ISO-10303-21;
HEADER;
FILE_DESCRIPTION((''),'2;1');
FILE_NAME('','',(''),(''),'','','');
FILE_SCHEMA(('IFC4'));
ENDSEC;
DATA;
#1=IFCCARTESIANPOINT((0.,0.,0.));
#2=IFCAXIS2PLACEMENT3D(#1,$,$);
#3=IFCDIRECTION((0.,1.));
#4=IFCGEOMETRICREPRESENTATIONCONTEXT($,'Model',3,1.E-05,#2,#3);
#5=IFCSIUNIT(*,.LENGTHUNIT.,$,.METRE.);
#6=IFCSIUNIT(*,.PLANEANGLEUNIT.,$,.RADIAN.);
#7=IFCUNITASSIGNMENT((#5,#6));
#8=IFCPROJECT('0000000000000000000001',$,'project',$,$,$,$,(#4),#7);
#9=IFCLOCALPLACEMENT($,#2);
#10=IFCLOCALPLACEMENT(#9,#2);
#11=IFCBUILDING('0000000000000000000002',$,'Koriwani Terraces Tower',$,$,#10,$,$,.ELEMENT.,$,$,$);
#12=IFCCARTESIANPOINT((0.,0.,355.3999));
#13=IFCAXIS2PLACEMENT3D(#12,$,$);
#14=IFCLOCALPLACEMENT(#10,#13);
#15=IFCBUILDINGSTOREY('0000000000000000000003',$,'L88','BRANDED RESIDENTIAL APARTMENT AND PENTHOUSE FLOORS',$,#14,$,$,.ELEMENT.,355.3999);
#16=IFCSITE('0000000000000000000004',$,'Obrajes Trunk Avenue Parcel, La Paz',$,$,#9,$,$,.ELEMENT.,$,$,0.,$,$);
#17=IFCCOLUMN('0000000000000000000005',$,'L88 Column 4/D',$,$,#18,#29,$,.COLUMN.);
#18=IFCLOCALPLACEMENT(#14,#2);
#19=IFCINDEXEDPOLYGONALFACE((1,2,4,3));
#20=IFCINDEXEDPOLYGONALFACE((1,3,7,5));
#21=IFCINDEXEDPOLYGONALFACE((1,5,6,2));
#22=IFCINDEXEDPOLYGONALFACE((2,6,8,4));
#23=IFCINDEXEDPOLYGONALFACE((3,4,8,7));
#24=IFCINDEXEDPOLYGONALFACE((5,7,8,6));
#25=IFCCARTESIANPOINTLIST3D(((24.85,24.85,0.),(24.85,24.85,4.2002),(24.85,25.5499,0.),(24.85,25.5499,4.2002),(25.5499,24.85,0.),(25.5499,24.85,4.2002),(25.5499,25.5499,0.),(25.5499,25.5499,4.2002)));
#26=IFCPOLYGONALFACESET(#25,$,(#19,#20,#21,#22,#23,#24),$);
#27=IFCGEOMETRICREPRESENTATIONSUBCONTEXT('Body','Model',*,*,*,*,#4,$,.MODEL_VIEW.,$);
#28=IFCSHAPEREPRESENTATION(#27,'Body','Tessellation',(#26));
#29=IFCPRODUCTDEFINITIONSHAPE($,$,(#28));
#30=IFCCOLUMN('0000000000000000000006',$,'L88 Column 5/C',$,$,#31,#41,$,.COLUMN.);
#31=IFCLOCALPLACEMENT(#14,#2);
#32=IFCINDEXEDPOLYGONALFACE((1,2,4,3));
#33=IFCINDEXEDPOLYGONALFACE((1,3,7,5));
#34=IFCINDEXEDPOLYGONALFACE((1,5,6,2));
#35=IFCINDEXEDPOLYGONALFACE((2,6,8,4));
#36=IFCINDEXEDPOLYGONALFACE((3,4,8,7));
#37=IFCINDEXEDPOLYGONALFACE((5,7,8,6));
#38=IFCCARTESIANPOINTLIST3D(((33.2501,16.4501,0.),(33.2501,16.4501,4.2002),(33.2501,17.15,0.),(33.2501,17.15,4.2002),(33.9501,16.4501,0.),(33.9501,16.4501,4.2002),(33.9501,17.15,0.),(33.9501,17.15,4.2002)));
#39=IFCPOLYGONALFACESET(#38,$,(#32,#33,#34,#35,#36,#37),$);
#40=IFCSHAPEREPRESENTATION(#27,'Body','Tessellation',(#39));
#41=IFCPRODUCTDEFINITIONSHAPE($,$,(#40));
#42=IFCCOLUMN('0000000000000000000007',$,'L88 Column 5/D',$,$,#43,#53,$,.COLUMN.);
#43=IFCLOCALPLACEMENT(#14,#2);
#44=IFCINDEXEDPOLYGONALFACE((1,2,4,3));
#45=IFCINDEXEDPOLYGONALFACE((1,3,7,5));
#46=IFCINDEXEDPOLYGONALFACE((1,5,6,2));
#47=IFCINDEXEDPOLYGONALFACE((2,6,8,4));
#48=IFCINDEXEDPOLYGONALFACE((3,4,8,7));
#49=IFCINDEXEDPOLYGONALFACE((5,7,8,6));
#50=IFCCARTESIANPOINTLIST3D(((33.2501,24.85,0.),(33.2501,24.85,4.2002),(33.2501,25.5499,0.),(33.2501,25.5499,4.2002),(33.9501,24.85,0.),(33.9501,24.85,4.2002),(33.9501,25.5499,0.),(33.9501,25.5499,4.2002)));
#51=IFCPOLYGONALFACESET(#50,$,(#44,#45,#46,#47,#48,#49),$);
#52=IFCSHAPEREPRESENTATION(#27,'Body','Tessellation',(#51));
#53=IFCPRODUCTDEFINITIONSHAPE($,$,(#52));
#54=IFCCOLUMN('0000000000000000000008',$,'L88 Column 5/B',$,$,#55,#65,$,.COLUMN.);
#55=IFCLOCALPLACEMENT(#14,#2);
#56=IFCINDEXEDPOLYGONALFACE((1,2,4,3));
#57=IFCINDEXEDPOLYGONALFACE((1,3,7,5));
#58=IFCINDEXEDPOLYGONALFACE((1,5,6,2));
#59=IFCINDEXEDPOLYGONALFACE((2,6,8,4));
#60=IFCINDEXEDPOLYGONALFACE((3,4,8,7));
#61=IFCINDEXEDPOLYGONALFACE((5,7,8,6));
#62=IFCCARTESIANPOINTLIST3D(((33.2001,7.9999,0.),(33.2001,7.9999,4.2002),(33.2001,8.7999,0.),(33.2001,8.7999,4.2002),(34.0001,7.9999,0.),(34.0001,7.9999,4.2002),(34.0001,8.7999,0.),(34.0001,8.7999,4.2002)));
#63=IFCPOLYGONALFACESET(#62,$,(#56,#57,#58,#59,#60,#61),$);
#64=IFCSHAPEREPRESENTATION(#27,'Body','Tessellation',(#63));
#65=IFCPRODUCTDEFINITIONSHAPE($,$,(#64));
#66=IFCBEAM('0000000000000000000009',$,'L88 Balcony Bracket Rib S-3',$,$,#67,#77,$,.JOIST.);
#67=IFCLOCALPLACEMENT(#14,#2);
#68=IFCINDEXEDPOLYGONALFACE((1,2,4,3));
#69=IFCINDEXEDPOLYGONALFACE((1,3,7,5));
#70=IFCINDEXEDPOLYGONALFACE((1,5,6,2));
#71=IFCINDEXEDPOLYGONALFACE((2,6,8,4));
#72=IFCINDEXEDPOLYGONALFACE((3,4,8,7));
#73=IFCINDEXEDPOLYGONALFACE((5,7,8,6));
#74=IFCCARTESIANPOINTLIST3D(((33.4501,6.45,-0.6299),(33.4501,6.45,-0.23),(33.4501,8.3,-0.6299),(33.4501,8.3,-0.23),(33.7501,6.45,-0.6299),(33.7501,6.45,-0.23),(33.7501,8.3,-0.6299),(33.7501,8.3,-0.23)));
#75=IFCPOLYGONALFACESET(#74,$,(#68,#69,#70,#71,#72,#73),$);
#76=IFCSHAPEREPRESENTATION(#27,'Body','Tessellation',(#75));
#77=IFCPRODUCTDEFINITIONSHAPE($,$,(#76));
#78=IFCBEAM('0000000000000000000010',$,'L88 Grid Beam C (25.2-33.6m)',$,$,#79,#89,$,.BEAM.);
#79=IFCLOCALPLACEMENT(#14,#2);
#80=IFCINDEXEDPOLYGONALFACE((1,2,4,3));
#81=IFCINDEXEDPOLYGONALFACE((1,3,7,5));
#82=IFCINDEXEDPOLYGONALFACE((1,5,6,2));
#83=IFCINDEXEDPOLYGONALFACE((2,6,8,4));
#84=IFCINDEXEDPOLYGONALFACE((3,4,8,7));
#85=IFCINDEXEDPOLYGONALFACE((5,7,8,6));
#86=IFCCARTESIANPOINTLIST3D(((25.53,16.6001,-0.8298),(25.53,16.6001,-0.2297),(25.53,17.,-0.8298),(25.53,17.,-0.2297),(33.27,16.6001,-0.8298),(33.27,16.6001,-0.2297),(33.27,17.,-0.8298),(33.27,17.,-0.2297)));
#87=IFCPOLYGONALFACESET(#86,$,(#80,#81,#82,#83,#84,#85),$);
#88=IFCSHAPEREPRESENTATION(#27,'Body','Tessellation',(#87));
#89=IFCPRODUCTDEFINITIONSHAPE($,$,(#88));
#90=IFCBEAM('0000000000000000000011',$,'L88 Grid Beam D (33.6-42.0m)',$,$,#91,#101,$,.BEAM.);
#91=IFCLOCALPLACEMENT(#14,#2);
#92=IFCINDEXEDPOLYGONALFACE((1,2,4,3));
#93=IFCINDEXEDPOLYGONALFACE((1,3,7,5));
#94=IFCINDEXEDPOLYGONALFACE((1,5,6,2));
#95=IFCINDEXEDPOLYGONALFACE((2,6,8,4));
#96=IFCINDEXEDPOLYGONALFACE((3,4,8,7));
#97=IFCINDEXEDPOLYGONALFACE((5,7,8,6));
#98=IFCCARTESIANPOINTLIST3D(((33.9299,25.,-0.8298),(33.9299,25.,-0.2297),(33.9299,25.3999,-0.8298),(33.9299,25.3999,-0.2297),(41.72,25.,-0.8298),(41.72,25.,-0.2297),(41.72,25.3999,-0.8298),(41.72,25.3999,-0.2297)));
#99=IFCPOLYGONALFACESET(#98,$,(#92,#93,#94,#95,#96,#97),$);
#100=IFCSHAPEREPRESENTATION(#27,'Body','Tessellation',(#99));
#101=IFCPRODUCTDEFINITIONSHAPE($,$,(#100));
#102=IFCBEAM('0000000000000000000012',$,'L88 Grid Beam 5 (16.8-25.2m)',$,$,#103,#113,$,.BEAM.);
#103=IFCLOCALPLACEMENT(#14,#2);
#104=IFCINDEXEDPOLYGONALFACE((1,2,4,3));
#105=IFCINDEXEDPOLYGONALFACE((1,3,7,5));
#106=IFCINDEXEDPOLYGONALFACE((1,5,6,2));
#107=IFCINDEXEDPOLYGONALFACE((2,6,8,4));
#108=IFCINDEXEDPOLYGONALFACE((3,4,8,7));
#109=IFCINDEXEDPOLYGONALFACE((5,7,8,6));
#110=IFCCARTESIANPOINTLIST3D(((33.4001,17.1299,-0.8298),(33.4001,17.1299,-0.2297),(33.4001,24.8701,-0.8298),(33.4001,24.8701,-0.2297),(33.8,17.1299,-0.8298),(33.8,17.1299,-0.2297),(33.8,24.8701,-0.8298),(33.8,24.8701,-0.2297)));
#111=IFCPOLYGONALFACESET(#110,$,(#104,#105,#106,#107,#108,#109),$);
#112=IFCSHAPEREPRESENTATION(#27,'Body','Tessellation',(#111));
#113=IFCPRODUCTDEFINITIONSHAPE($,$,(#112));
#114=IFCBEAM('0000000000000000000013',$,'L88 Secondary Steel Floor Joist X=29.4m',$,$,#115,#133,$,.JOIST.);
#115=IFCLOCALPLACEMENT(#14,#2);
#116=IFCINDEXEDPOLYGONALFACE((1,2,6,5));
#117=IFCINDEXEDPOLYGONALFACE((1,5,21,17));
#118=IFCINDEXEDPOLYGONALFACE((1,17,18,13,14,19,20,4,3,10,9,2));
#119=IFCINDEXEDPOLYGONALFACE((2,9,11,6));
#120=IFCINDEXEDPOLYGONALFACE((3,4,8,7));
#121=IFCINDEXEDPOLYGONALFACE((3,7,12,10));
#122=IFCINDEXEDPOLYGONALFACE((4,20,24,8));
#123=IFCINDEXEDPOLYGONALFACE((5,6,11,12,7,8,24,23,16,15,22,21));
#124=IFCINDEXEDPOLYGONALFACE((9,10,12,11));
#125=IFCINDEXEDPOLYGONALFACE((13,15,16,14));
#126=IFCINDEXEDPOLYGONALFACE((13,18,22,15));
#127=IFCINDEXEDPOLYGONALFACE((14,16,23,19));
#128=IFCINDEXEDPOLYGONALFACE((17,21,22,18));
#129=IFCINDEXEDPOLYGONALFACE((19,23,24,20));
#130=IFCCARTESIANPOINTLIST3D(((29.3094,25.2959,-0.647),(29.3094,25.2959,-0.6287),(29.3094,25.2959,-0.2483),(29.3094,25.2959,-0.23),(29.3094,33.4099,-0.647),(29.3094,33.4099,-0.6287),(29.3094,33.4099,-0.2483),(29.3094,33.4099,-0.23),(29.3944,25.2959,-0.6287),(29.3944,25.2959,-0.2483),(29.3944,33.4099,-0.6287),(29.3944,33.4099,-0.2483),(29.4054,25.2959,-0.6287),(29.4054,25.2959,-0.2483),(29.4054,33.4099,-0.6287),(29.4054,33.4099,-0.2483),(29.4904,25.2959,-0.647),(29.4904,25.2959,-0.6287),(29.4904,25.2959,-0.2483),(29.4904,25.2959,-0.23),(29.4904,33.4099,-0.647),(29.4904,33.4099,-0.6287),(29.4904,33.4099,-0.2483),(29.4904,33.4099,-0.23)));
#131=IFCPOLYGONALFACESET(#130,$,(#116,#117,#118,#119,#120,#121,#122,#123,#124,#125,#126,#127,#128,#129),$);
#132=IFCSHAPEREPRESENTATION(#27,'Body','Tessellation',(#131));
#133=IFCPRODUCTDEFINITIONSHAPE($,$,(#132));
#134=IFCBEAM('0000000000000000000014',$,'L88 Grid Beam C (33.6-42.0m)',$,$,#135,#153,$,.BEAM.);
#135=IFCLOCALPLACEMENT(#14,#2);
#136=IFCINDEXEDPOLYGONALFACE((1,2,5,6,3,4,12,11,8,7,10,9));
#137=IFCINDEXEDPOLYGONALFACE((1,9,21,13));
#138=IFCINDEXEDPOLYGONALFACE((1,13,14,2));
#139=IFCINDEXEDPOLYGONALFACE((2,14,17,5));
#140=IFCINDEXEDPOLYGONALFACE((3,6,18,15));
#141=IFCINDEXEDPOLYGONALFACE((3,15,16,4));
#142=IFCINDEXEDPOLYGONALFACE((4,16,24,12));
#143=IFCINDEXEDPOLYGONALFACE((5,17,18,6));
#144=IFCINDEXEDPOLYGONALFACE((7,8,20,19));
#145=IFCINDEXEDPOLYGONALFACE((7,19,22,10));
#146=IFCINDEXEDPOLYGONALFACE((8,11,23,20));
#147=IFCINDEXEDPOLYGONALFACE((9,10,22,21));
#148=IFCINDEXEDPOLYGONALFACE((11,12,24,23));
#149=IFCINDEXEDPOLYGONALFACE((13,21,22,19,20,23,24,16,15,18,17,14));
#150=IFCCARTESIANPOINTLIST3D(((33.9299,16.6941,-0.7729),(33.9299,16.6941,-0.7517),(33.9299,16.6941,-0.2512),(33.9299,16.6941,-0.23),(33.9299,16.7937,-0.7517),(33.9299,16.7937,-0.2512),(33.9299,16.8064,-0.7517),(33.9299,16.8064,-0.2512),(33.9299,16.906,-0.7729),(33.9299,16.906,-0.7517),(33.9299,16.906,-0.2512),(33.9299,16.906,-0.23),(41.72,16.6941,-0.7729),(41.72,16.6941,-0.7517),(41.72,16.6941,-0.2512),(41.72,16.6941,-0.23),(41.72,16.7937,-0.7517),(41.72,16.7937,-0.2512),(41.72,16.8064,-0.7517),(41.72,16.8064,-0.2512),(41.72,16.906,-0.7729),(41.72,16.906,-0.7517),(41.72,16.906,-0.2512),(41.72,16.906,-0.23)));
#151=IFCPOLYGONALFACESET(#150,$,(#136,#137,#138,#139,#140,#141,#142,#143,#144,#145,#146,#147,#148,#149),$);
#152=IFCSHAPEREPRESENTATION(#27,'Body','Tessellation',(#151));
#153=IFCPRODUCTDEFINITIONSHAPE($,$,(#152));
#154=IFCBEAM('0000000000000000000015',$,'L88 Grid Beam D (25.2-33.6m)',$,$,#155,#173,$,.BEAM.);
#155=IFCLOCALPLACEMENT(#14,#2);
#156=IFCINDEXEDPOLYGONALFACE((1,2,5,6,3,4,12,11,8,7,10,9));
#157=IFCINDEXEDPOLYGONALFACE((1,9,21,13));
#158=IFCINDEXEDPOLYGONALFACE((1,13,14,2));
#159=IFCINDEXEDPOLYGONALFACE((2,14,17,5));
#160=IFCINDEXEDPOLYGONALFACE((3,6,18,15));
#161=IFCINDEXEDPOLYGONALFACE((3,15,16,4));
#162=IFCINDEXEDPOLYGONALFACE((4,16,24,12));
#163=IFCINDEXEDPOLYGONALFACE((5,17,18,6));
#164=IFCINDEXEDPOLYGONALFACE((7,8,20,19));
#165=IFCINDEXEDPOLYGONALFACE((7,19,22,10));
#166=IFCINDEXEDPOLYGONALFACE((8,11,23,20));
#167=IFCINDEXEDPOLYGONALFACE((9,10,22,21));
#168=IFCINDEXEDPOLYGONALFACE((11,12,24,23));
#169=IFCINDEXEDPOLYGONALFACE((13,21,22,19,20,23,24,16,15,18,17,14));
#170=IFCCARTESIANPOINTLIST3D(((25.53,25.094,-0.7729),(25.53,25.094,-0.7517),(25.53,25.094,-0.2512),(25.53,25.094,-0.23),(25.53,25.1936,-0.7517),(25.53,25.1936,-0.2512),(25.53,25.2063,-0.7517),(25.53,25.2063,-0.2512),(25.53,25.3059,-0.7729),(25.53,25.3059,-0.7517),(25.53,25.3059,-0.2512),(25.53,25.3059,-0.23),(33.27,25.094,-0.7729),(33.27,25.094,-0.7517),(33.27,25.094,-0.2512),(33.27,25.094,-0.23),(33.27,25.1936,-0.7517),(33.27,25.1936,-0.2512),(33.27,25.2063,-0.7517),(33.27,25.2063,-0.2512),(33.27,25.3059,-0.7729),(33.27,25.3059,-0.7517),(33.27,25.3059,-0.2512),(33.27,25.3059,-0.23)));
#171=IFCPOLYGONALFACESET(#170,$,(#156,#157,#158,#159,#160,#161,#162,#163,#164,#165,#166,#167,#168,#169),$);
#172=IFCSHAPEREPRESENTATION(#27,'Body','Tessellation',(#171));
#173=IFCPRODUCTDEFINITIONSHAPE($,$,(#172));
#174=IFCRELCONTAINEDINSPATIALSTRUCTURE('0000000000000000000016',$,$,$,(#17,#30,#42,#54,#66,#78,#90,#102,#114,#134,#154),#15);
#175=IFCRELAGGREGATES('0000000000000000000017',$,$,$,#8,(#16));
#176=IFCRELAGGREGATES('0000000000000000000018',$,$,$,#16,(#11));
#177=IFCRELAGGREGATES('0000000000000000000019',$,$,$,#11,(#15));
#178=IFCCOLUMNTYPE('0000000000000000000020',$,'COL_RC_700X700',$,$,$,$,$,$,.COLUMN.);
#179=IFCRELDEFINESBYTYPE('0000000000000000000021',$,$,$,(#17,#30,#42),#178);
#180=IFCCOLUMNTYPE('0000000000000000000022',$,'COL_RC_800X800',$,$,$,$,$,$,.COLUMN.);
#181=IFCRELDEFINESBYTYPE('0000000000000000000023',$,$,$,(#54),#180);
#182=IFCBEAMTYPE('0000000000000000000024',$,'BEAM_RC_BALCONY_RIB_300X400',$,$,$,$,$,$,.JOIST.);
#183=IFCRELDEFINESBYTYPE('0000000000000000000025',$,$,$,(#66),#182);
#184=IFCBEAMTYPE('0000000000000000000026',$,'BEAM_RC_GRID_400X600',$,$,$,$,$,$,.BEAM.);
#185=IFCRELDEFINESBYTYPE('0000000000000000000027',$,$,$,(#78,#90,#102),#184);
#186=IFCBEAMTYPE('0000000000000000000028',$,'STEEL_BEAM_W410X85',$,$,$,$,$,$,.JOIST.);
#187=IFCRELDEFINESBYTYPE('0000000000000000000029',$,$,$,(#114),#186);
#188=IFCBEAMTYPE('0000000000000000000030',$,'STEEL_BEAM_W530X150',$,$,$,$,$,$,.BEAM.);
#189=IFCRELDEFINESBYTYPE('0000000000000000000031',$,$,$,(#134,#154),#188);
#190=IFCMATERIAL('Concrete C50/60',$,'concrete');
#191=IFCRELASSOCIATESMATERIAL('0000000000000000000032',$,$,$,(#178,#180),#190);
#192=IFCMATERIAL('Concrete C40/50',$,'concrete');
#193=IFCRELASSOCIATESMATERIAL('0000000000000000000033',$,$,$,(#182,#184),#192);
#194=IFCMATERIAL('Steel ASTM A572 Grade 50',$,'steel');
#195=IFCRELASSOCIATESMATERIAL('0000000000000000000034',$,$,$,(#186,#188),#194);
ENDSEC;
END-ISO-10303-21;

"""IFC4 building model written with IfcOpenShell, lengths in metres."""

from ifc_helpers import new_model, si_unit, direction, frame, origin, origin_2d, place, context, subcontext, project, spatial, rectangle, i_section, extrude, material, material_profile, profile_set, type_object, element, save


model = new_model("IFC4")

# Units and contexts
model_context = context("Model", 3, precision=1e-05, world=origin(), true_north=direction((0.0, 1.0)))
body_context = subcontext(model_context, "Body", "Model", "MODEL_VIEW")
ifc_project = project(units=[si_unit("LENGTHUNIT", "METRE"), si_unit("PLANEANGLEUNIT", "RADIAN")], contexts=[model_context])

# Site, building, storey
site_placement = place(None, origin())
site = spatial("IfcSite", under=ifc_project, at=site_placement, Name="Obrajes Trunk Avenue Parcel, La Paz", CompositionType="ELEMENT", RefElevation=0.0)
building_placement = place(site_placement, origin())
building = spatial("IfcBuilding", under=site, at=building_placement, Name="Koriwani Terraces Tower", CompositionType="ELEMENT")
storey_placement = place(building_placement, frame((0.0, 0.0, 355.3999)))
storey = spatial("IfcBuildingStorey", under=building, at=storey_placement, Name="L88", Description="BRANDED RESIDENTIAL APARTMENT AND PENTHOUSE FLOORS", CompositionType="ELEMENT", Elevation=355.3999)

# Columns
ifc_material_1 = material(Name="Concrete C50/60", Category="concrete")
ifc_material_profile_1 = material_profile(ifc_material_1, rectangle(XDim=0.7, YDim=0.7, at=origin_2d()), Name="Concrete C50/60", Category="LoadBearing")
ifc_profile_set_1 = profile_set([ifc_material_profile_1], Name="Concrete C50/60")
column_type_1 = type_object("IfcColumnType", Name="COL_RC_700X700", PredefinedType="COLUMN", material=ifc_profile_set_1)
for number, where, z_axis, x_axis, name in (
    (1, (25.2, 25.2, 0.0), (0.0, 0.0, 1.0), (1.0, 0.0, 0.0), "L88 Column 4/D"),
    (2, (33.6001, 16.8, 0.0), (0.0, 0.0, 1.0), (1.0, 0.0, 0.0), "L88 Column 5/C"),
    (3, (33.6001, 25.2, 0.0), (0.0, 0.0, 1.0), (1.0, 0.0, 0.0), "L88 Column 5/D"),
):
    element("IfcColumn", number, at=place(storey_placement, frame(where, z_axis=z_axis, x_axis=x_axis)), inside=storey, type_object=column_type_1, Name=name, PredefinedType="COLUMN", context=body_context, shape_type="SweptSolid", body=[
        extrude(rectangle(XDim=0.7, YDim=0.7, at=origin_2d()), origin(), (0.0, 0.0, 1.0), 4.2002),
    ])
ifc_material_profile_2 = material_profile(ifc_material_1, rectangle(XDim=0.8, YDim=0.8, at=origin_2d()), Name="Concrete C50/60", Category="LoadBearing")
ifc_profile_set_2 = profile_set([ifc_material_profile_2], Name="Concrete C50/60")
column_type_2 = type_object("IfcColumnType", Name="COL_RC_800X800", PredefinedType="COLUMN", material=ifc_profile_set_2)
column_placement = place(storey_placement, frame((33.6001, 8.3999, 0.0), z_axis=(0.0, 0.0, 1.0), x_axis=(1.0, 0.0, 0.0)))
element("IfcColumn", 4, at=column_placement, inside=storey, type_object=column_type_2, Name="L88 Column 5/B", PredefinedType="COLUMN", context=body_context, shape_type="SweptSolid", body=[
    extrude(rectangle(XDim=0.8, YDim=0.8, at=origin_2d()), origin(), (0.0, 0.0, 1.0), 4.2002),
])

# Beams
ifc_material_2 = material(Name="Concrete C40/50", Category="concrete")
ifc_material_profile_3 = material_profile(ifc_material_2, rectangle(XDim=0.3, YDim=0.3999, at=origin_2d()), Name="Concrete C40/50", Category="LoadBearing")
ifc_profile_set_3 = profile_set([ifc_material_profile_3], Name="Concrete C40/50")
beam_type_1 = type_object("IfcBeamType", Name="BEAM_RC_BALCONY_RIB_300X400", PredefinedType="JOIST", material=ifc_profile_set_3)
beam_1_placement = place(storey_placement, frame((33.6001, 6.45, -0.4299), z_axis=(0.0, 1.0, 0.0), x_axis=(-1.0, 0.0, 0.0)))
element("IfcBeam", 5, at=beam_1_placement, inside=storey, type_object=beam_type_1, Name="L88 Balcony Bracket Rib S-3", PredefinedType="JOIST", context=body_context, shape_type="SweptSolid", body=[
    extrude(rectangle(XDim=0.3, YDim=0.3999, at=origin_2d()), origin(), (0.0, 0.0, 1.0), 1.8501),
])
ifc_material_profile_4 = material_profile(ifc_material_2, rectangle(XDim=0.3999, YDim=0.6001, at=origin_2d()), Name="Concrete C40/50", Category="LoadBearing")
ifc_profile_set_4 = profile_set([ifc_material_profile_4], Name="Concrete C40/50")
beam_type_2 = type_object("IfcBeamType", Name="BEAM_RC_GRID_400X600", PredefinedType="BEAM", material=ifc_profile_set_4)
beam_2_placement = place(storey_placement, frame((25.53, 16.8, -0.5298), z_axis=(1.0, 0.0, 0.0), x_axis=(0.0, 1.0, 0.0)))
element("IfcBeam", 6, at=beam_2_placement, inside=storey, type_object=beam_type_2, Name="L88 Grid Beam C (25.2-33.6m)", PredefinedType="BEAM", context=body_context, shape_type="SweptSolid", body=[
    extrude(rectangle(XDim=0.3999, YDim=0.6001, at=origin_2d()), origin(), (0.0, 0.0, 1.0), 7.74),
])
beam_3_placement = place(storey_placement, frame((33.9299, 25.2, -0.5298), z_axis=(1.0, 0.0, 0.0), x_axis=(0.0, 1.0, 0.0)))
element("IfcBeam", 7, at=beam_3_placement, inside=storey, type_object=beam_type_2, Name="L88 Grid Beam D (33.6-42.0m)", PredefinedType="BEAM", context=body_context, shape_type="SweptSolid", body=[
    extrude(rectangle(XDim=0.3999, YDim=0.6001, at=origin_2d()), origin(), (0.0, 0.0, 1.0), 7.79),
])
beam_4_placement = place(storey_placement, frame((33.6001, 17.1299, -0.5298), z_axis=(0.0, 1.0, 0.0), x_axis=(-1.0, 0.0, 0.0)))
element("IfcBeam", 8, at=beam_4_placement, inside=storey, type_object=beam_type_2, Name="L88 Grid Beam 5 (16.8-25.2m)", PredefinedType="BEAM", context=body_context, shape_type="SweptSolid", body=[
    extrude(rectangle(XDim=0.3999, YDim=0.6001, at=origin_2d()), origin(), (0.0, 0.0, 1.0), 7.7402),
])
ifc_material_3 = material(Name="Steel ASTM A572 Grade 50", Category="steel")
ifc_material_profile_5 = material_profile(ifc_material_3, i_section(OverallWidth=0.1809, OverallDepth=0.417, WebThickness=0.011, FlangeThickness=0.0183, at=origin_2d()), Name="Steel ASTM A572 Grade 50", Category="LoadBearing")
ifc_profile_set_5 = profile_set([ifc_material_profile_5], Name="Steel ASTM A572 Grade 50")
beam_type_3 = type_object("IfcBeamType", Name="STEEL_BEAM_W410X85", PredefinedType="JOIST", material=ifc_profile_set_5)
beam_5_placement = place(storey_placement, frame((29.3999, 25.2959, -0.4385), z_axis=(0.0, 1.0, 0.0), x_axis=(-1.0, 0.0, 0.0)))
element("IfcBeam", 9, at=beam_5_placement, inside=storey, type_object=beam_type_3, Name="L88 Secondary Steel Floor Joist X=29.4m", PredefinedType="JOIST", context=body_context, shape_type="SweptSolid", body=[
    extrude(i_section(OverallWidth=0.1809, OverallDepth=0.417, WebThickness=0.011, FlangeThickness=0.0183, at=origin_2d()), origin(), (0.0, 0.0, 1.0), 8.114),
])
ifc_material_profile_6 = material_profile(ifc_material_3, i_section(OverallWidth=0.2119, OverallDepth=0.543, WebThickness=0.0127, FlangeThickness=0.0212, at=origin_2d()), Name="Steel ASTM A572 Grade 50", Category="LoadBearing")
ifc_profile_set_6 = profile_set([ifc_material_profile_6], Name="Steel ASTM A572 Grade 50")
beam_type_4 = type_object("IfcBeamType", Name="STEEL_BEAM_W530X150", PredefinedType="BEAM", material=ifc_profile_set_6)
beam_6_placement = place(storey_placement, frame((33.9299, 16.8, -0.5015), z_axis=(1.0, 0.0, 0.0), x_axis=(0.0, 1.0, 0.0)))
element("IfcBeam", 10, at=beam_6_placement, inside=storey, type_object=beam_type_4, Name="L88 Grid Beam C (33.6-42.0m)", PredefinedType="BEAM", context=body_context, shape_type="SweptSolid", body=[
    extrude(i_section(OverallWidth=0.2119, OverallDepth=0.543, WebThickness=0.0127, FlangeThickness=0.0212, at=origin_2d()), origin(), (0.0, 0.0, 1.0), 7.79),
])
beam_7_placement = place(storey_placement, frame((25.53, 25.2, -0.5015), z_axis=(1.0, 0.0, 0.0), x_axis=(0.0, 1.0, 0.0)))
element("IfcBeam", 11, at=beam_7_placement, inside=storey, type_object=beam_type_4, Name="L88 Grid Beam D (25.2-33.6m)", PredefinedType="BEAM", context=body_context, shape_type="SweptSolid", body=[
    extrude(i_section(OverallWidth=0.2119, OverallDepth=0.543, WebThickness=0.0127, FlangeThickness=0.0212, at=origin_2d()), origin(), (0.0, 0.0, 1.0), 7.74),
])

save(model, "model.ifc")
